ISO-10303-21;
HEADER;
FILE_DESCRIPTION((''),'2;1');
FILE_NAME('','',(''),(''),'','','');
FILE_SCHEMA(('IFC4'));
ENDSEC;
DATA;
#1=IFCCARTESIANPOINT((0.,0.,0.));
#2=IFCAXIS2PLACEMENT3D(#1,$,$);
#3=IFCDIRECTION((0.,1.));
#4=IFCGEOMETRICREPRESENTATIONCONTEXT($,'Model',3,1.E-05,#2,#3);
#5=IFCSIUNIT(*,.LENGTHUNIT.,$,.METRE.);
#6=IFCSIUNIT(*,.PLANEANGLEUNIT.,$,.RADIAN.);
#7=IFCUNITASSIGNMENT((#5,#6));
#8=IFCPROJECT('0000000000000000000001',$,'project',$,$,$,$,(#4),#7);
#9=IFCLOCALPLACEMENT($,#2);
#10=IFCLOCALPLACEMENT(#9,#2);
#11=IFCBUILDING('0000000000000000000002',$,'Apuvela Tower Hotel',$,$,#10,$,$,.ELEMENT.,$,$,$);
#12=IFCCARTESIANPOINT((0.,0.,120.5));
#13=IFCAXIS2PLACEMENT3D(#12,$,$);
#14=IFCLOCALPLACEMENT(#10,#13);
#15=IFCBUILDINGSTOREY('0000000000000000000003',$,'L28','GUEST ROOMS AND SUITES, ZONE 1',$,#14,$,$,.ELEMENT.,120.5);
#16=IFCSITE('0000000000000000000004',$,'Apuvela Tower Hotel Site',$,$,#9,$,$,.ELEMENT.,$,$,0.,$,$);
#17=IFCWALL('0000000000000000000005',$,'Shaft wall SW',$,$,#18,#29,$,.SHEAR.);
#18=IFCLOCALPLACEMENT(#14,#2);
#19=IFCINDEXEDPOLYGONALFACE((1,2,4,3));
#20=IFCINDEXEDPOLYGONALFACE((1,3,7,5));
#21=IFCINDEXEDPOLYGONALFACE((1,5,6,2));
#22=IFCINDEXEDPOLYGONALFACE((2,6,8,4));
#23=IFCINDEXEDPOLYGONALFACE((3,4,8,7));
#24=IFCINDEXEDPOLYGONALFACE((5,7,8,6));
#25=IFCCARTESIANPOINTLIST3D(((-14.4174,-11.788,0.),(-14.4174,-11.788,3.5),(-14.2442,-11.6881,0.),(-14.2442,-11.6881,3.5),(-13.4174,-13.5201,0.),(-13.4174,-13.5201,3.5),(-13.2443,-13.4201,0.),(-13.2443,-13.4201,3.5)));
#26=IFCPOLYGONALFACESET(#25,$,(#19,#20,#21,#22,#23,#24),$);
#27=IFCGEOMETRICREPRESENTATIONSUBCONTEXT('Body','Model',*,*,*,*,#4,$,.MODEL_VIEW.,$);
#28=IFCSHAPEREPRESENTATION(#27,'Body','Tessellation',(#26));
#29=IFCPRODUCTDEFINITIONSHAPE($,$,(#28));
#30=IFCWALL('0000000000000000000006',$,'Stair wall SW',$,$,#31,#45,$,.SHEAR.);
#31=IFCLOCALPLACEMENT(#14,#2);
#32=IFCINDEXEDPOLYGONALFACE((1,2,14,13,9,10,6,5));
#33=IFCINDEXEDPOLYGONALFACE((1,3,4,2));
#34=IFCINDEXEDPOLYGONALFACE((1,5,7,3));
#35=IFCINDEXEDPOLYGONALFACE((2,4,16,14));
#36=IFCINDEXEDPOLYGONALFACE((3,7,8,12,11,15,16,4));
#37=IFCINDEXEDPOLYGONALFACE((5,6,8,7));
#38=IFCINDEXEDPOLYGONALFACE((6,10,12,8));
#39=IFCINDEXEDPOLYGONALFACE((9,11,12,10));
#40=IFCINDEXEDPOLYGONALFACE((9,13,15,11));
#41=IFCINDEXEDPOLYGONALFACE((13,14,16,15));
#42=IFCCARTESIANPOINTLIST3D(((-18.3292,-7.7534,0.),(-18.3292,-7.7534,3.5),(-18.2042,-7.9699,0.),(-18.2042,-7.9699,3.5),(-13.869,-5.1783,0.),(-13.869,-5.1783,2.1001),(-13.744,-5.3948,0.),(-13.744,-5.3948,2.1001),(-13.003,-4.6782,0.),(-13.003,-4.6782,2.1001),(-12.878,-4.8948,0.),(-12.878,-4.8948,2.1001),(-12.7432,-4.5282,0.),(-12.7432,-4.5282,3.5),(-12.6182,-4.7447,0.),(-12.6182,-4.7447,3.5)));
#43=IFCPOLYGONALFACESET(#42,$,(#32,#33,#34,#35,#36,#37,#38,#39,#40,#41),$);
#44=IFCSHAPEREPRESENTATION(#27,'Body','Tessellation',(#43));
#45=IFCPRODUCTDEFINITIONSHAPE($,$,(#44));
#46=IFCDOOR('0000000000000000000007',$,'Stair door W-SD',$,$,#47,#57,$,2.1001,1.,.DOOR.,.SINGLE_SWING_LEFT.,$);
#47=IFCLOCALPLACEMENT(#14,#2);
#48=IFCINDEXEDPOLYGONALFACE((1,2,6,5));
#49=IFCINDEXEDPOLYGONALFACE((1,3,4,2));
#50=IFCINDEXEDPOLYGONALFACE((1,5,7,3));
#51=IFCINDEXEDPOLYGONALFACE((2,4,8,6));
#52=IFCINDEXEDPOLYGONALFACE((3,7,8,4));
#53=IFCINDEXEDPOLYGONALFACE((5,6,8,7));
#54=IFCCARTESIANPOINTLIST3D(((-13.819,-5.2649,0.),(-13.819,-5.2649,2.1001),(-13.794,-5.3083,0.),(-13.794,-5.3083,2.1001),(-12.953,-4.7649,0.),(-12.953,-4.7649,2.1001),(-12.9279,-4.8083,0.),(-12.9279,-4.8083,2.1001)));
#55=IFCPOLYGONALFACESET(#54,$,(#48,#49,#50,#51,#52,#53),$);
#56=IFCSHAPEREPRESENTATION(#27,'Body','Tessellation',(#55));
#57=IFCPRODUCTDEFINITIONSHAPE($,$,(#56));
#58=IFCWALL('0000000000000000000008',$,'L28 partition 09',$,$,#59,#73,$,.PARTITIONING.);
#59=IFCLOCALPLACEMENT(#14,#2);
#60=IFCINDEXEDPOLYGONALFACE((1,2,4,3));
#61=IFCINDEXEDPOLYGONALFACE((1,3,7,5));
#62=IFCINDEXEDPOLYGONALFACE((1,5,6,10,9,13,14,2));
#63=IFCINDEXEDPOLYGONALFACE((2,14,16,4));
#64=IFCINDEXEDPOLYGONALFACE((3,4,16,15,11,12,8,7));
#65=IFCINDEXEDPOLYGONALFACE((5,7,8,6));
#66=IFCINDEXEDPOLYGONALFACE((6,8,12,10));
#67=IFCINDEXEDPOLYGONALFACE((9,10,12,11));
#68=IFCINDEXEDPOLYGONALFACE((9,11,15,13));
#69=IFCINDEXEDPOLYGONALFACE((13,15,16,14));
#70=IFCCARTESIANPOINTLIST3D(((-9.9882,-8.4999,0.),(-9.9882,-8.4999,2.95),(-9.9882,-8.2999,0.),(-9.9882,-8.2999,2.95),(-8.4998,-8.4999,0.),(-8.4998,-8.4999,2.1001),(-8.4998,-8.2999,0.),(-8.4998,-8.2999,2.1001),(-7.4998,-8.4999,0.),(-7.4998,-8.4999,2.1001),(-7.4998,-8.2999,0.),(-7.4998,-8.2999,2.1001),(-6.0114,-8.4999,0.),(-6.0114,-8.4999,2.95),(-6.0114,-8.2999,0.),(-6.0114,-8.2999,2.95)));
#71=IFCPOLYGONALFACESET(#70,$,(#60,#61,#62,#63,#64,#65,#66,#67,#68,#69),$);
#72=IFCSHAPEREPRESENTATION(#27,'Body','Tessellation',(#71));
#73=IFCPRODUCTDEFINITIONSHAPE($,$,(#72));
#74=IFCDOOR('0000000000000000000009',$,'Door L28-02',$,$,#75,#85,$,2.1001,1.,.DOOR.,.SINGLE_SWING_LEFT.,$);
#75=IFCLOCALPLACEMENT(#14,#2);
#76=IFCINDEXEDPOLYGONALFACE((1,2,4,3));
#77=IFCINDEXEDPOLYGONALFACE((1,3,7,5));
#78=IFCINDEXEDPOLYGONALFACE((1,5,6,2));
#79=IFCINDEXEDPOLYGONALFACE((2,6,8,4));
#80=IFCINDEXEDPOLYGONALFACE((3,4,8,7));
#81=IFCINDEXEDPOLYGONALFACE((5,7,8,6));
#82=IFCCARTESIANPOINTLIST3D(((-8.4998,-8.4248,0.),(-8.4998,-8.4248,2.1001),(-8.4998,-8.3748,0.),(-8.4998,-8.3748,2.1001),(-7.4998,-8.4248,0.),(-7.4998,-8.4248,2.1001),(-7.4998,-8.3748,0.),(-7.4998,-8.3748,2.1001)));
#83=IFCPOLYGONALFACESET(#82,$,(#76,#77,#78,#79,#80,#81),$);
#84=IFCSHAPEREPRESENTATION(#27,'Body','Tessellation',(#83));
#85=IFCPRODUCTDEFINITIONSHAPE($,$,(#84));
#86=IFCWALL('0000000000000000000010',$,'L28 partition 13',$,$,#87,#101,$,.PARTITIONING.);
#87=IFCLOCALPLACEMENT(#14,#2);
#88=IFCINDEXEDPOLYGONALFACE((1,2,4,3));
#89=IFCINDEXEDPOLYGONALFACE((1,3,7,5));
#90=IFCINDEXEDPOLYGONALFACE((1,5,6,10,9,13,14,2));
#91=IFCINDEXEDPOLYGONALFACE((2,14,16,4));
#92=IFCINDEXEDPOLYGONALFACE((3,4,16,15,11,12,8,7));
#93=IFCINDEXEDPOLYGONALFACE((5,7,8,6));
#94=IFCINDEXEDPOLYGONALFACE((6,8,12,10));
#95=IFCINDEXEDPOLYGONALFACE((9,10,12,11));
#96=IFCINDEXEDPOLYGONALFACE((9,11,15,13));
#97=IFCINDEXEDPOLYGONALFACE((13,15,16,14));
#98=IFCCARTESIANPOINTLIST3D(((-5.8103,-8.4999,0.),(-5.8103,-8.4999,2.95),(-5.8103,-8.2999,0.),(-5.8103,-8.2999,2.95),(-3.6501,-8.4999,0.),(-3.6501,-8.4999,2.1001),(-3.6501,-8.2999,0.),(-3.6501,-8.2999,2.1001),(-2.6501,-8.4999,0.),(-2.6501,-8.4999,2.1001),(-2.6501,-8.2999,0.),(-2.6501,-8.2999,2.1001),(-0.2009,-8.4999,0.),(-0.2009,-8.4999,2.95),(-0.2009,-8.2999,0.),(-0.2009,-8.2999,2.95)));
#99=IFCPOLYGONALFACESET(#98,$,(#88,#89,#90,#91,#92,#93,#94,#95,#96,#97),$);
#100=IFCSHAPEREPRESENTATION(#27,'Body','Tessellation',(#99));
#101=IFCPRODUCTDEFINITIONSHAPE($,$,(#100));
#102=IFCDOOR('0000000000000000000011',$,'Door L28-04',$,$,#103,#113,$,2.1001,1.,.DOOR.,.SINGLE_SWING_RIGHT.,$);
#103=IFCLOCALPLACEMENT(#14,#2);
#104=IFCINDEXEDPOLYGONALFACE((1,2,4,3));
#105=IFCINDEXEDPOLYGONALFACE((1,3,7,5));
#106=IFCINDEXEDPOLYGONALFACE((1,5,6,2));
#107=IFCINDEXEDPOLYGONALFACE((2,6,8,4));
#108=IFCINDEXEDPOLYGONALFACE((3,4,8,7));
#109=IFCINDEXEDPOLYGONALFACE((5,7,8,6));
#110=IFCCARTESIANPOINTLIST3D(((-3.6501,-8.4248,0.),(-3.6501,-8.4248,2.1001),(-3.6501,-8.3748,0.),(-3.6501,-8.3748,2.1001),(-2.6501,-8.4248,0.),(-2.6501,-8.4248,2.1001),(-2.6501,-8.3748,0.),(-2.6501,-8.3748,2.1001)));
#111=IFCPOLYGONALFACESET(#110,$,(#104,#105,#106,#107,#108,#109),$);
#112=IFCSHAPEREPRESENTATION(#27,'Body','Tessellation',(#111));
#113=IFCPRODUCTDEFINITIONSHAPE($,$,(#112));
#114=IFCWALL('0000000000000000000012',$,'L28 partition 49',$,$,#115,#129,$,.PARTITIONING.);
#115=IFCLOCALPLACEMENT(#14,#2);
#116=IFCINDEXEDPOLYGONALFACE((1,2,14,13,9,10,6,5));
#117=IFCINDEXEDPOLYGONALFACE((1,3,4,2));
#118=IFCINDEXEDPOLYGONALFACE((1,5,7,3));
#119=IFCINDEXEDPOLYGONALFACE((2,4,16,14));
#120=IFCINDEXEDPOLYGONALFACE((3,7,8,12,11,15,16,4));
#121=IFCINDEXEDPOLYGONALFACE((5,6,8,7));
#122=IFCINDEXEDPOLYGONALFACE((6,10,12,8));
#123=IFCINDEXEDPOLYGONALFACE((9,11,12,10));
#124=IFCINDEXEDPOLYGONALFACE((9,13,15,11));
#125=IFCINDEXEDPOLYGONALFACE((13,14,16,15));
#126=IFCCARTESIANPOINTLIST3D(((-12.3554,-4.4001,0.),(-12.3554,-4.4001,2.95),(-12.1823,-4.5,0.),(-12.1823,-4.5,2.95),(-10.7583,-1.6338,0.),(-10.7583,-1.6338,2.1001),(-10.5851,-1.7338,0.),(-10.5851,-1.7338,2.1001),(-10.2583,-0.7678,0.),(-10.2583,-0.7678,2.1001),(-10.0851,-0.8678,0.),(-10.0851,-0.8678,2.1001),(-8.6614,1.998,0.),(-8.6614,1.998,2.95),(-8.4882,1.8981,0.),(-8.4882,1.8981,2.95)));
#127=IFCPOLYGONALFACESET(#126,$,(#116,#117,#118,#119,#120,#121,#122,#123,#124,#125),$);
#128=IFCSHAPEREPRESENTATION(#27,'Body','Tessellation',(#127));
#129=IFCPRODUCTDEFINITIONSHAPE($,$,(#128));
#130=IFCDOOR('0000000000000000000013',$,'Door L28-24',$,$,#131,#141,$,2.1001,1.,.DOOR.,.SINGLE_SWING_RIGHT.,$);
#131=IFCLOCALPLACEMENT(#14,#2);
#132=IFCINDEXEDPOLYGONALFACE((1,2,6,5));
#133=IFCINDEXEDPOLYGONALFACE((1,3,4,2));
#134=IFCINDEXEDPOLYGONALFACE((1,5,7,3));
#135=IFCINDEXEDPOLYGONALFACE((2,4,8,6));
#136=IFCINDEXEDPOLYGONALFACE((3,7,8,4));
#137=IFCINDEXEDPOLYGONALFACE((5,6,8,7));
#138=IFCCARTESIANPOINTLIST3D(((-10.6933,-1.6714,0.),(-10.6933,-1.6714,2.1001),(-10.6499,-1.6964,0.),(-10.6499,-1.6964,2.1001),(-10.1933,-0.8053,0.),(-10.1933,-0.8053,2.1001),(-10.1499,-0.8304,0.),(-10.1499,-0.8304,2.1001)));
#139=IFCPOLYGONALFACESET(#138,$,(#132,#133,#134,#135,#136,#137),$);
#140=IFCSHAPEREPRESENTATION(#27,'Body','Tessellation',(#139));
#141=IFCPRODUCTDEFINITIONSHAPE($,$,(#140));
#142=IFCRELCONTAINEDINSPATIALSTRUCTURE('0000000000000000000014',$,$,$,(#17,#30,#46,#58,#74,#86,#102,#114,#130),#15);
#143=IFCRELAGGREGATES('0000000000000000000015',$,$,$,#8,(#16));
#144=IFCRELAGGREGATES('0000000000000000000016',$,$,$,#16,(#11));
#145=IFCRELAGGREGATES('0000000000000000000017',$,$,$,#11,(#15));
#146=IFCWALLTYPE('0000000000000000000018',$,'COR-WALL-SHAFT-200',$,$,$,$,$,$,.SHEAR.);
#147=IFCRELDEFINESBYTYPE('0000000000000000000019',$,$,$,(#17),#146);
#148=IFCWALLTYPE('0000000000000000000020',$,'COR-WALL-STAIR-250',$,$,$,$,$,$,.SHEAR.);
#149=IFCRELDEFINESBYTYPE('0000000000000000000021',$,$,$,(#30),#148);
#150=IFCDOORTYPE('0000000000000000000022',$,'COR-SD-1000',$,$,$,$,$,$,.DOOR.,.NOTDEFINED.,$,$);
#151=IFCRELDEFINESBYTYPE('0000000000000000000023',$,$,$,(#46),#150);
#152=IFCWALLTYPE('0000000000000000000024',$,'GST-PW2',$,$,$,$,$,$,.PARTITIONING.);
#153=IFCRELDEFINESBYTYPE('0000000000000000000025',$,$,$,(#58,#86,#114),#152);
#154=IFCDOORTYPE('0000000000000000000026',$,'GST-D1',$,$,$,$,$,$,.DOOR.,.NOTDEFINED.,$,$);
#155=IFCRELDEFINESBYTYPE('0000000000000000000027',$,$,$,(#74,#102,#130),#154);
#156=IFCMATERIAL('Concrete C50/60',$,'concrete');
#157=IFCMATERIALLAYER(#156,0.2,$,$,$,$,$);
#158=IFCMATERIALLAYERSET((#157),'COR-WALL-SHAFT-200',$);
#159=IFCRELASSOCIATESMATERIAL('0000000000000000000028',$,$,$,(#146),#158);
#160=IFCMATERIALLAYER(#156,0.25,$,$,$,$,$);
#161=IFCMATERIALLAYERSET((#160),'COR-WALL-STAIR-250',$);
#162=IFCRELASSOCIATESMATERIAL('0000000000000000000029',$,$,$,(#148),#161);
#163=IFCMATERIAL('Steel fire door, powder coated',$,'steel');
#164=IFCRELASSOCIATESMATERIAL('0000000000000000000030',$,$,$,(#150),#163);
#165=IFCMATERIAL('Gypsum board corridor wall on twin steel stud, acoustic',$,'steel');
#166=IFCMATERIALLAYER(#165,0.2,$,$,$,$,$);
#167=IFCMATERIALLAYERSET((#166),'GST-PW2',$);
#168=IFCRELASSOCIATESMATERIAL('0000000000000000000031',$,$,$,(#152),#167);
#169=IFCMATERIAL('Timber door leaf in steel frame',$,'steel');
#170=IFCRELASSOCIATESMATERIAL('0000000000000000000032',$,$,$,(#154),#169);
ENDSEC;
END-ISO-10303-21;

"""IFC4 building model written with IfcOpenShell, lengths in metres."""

from ifc_helpers import new_model, si_unit, direction, frame, frame_2d, origin, place, context, subcontext, project, spatial, rectangle, extrude, material, layer, layer_set, type_object, element, fill, save


model = new_model("IFC4")

# Units and contexts
model_context = context("Model", 3, precision=1e-05, world=origin(), true_north=direction((0.0, 1.0)))
body_context = subcontext(model_context, "Body", "Model", "MODEL_VIEW")
ifc_project = project(units=[si_unit("LENGTHUNIT", "METRE"), si_unit("PLANEANGLEUNIT", "RADIAN")], contexts=[model_context])

# Site, building, storey
site_placement = place(None, origin())
site = spatial("IfcSite", under=ifc_project, at=site_placement, Name="Apuvela Tower Hotel Site", CompositionType="ELEMENT", RefElevation=0.0)
building_placement = place(site_placement, origin())
building = spatial("IfcBuilding", under=site, at=building_placement, Name="Apuvela Tower Hotel", CompositionType="ELEMENT")
storey_placement = place(building_placement, frame((0.0, 0.0, 120.5)))
storey = spatial("IfcBuildingStorey", under=building, at=storey_placement, Name="L28", Description="GUEST ROOMS AND SUITES, ZONE 1", CompositionType="ELEMENT", Elevation=120.5)

# Shared definitions
ifc_material_1 = material(Name="Concrete C50/60", Category="concrete")

# Shared definitions
ifc_layer_1 = layer(ifc_material_1, 0.2)
ifc_layer_set_1 = layer_set([ifc_layer_1], Name="COR-WALL-SHAFT-200")
wall_type_1 = type_object("IfcWallType", Name="COR-WALL-SHAFT-200", PredefinedType="SHEAR", material=ifc_layer_set_1)

# Shared definitions
ifc_material_2 = material(Name="Steel fire door, powder coated", Category="steel")

# Wall
wall_1_placement = place(storey_placement, frame((-14.3308, -11.738, 0.0), z_axis=(0.0, 0.0, 1.0), x_axis=(0.499973, -0.866041, 0.0)))
element("IfcWall", 1, at=wall_1_placement, inside=storey, type_object=wall_type_1, Name="Shaft wall SW", PredefinedType="SHEAR", context=body_context, shape_type="SweptSolid", body=[
    extrude(rectangle(XDim=2.0, YDim=0.2, at=frame_2d((1.0, 0.0))), origin(), (0.0, 0.0, 1.0), 3.5),
])

# Walls, openings, doors
ifc_layer_2 = layer(ifc_material_1, 0.25)
ifc_layer_set_2 = layer_set([ifc_layer_2], Name="COR-WALL-STAIR-250")
wall_type_2 = type_object("IfcWallType", Name="COR-WALL-STAIR-250", PredefinedType="SHEAR", material=ifc_layer_set_2)
wall_2_placement = place(storey_placement, frame((-12.6807, -4.6365, 0.0), z_axis=(0.0, 0.0, 1.0), x_axis=(-0.866022, -0.500006, 0.0)))
wall_2 = element("IfcWall", 2, at=wall_2_placement, inside=storey, type_object=wall_type_2, Name="Stair wall SW", PredefinedType="SHEAR", context=body_context, shape_type="SweptSolid", body=[
    extrude(rectangle(XDim=6.4502, YDim=0.25, at=frame_2d((3.2251, 0.0))), origin(), (0.0, 0.0, 1.0), 3.5),
])
opening_1_placement = place(wall_2_placement, frame((0.3, 0.0, 0.0)))
opening_1 = element("IfcOpeningElement", 3, at=opening_1_placement, cuts=wall_2, PredefinedType="OPENING", context=body_context, shape_type="SweptSolid", body=[
    extrude(rectangle(XDim=1.0, YDim=2.1001, at=frame_2d((0.5, 1.05))), frame((0.0, 0.135, 0.0), z_axis=(0.0, -1.0, 0.0), x_axis=(1.0, 0.0, 0.0)), (0.0, 0.0, 1.0), 0.27),
])
door_type_1 = type_object("IfcDoorType", Name="COR-SD-1000", OperationType="NOTDEFINED", PredefinedType="DOOR", material=ifc_material_2)
door_1_placement = place(opening_1_placement, frame((1.0, 0.0, 0.0), z_axis=(0.0, 0.0, 1.0), x_axis=(-1.0, 0.0, 0.0)))
door_1 = element("IfcDoor", 4, at=door_1_placement, inside=storey, type_object=door_type_1, Name="Stair door W-SD", OperationType="SINGLE_SWING_LEFT", OverallHeight=2.1001, OverallWidth=1.0, PredefinedType="DOOR", context=body_context, shape_type="SweptSolid", body=[
    extrude(rectangle(XDim=1.0, YDim=2.1001, at=frame_2d((0.5, 1.05))), frame((0.0, 0.0249, 0.0), z_axis=(0.0, -1.0, 0.0), x_axis=(1.0, 0.0, 0.0)), (0.0, 0.0, 1.0), 0.05),
])
fill(opening_1, door_1)
ifc_material_3 = material(Name="Gypsum board corridor wall on twin steel stud, acoustic", Category="steel")
ifc_layer_3 = layer(ifc_material_3, 0.2)
ifc_layer_set_3 = layer_set([ifc_layer_3], Name="GST-PW2")
wall_type_3 = type_object("IfcWallType", Name="GST-PW2", PredefinedType="PARTITIONING", material=ifc_layer_set_3)
wall_3_placement = place(storey_placement, frame((-6.0115, -8.3999, 0.0), z_axis=(0.0, 0.0, 1.0), x_axis=(-1.0, 0.0, 0.0)))
wall_3 = element("IfcWall", 5, at=wall_3_placement, inside=storey, type_object=wall_type_3, Name="L28 partition 09", PredefinedType="PARTITIONING", context=body_context, shape_type="SweptSolid", body=[
    extrude(rectangle(XDim=3.9768, YDim=0.2, at=frame_2d((1.9883, 0.0))), origin(), (0.0, 0.0, 1.0), 2.95),
])
opening_2_placement = place(wall_3_placement, frame((1.4883, 0.0, 0.0)))
opening_2 = element("IfcOpeningElement", 6, at=opening_2_placement, cuts=wall_3, PredefinedType="OPENING", context=body_context, shape_type="SweptSolid", body=[
    extrude(rectangle(XDim=1.0, YDim=2.1001, at=frame_2d((0.5, 1.05))), frame((0.0, 0.1099, 0.0), z_axis=(0.0, -1.0, 0.0), x_axis=(1.0, 0.0, 0.0)), (0.0, 0.0, 1.0), 0.22),
])
ifc_material_4 = material(Name="Timber door leaf in steel frame", Category="steel")
door_type_2 = type_object("IfcDoorType", Name="GST-D1", OperationType="NOTDEFINED", PredefinedType="DOOR", material=ifc_material_4)
door_2_placement = place(opening_2_placement, origin())
door_2 = element("IfcDoor", 7, at=door_2_placement, inside=storey, type_object=door_type_2, Name="Door L28-02", OperationType="SINGLE_SWING_LEFT", OverallHeight=2.1001, OverallWidth=1.0, PredefinedType="DOOR", context=body_context, shape_type="SweptSolid", body=[
    extrude(rectangle(XDim=1.0, YDim=2.1001, at=frame_2d((0.5, 1.05))), frame((0.0, 0.0249, 0.0), z_axis=(0.0, -1.0, 0.0), x_axis=(1.0, 0.0, 0.0)), (0.0, 0.0, 1.0), 0.05),
])
fill(opening_2, door_2)
wall_4_placement = place(storey_placement, frame((-0.2009, -8.3999, 0.0), z_axis=(0.0, 0.0, 1.0), x_axis=(-1.0, 0.0, 0.0)))
wall_4 = element("IfcWall", 8, at=wall_4_placement, inside=storey, type_object=wall_type_3, Name="L28 partition 13", PredefinedType="PARTITIONING", context=body_context, shape_type="SweptSolid", body=[
    extrude(rectangle(XDim=5.6094, YDim=0.2, at=frame_2d((2.8047, 0.0))), origin(), (0.0, 0.0, 1.0), 2.95),
])
opening_3_placement = place(wall_4_placement, frame((2.4492, 0.0, 0.0)))
opening_3 = element("IfcOpeningElement", 9, at=opening_3_placement, cuts=wall_4, PredefinedType="OPENING", context=body_context, shape_type="SweptSolid", body=[
    extrude(rectangle(XDim=1.0, YDim=2.1001, at=frame_2d((0.5, 1.05))), frame((0.0, 0.1099, 0.0), z_axis=(0.0, -1.0, 0.0), x_axis=(1.0, 0.0, 0.0)), (0.0, 0.0, 1.0), 0.22),
])
door_3_placement = place(opening_3_placement, origin())
door_3 = element("IfcDoor", 10, at=door_3_placement, inside=storey, type_object=door_type_2, Name="Door L28-04", OperationType="SINGLE_SWING_RIGHT", OverallHeight=2.1001, OverallWidth=1.0, PredefinedType="DOOR", context=body_context, shape_type="SweptSolid", body=[
    extrude(rectangle(XDim=1.0, YDim=2.1001, at=frame_2d((0.5, 1.05))), frame((0.0, 0.0249, 0.0), z_axis=(0.0, -1.0, 0.0), x_axis=(1.0, 0.0, 0.0)), (0.0, 0.0, 1.0), 0.05),
])
fill(opening_3, door_3)
wall_5_placement = place(storey_placement, frame((-12.2688, -4.45, 0.0), z_axis=(0.0, 0.0, 1.0), x_axis=(0.500009, 0.86602, 0.0)))
wall_5 = element("IfcWall", 11, at=wall_5_placement, inside=storey, type_object=wall_type_3, Name="L28 partition 49", PredefinedType="PARTITIONING", context=body_context, shape_type="SweptSolid", body=[
    extrude(rectangle(XDim=7.3879, YDim=0.2, at=frame_2d((3.6938, 0.0))), origin(), (0.0, 0.0, 1.0), 2.95),
])
opening_4_placement = place(wall_5_placement, frame((3.1941, 0.0, 0.0)))
opening_4 = element("IfcOpeningElement", 12, at=opening_4_placement, cuts=wall_5, PredefinedType="OPENING", context=body_context, shape_type="SweptSolid", body=[
    extrude(rectangle(XDim=1.0, YDim=2.1001, at=frame_2d((0.5, 1.05))), frame((0.0, 0.1099, 0.0), z_axis=(0.0, -1.0, 0.0), x_axis=(1.0, 0.0, 0.0)), (0.0, 0.0, 1.0), 0.22),
])
door_4_placement = place(opening_4_placement, origin())
door_4 = element("IfcDoor", 13, at=door_4_placement, inside=storey, type_object=door_type_2, Name="Door L28-24", OperationType="SINGLE_SWING_RIGHT", OverallHeight=2.1001, OverallWidth=1.0, PredefinedType="DOOR", context=body_context, shape_type="SweptSolid", body=[
    extrude(rectangle(XDim=1.0, YDim=2.1001, at=frame_2d((0.5, 1.05))), frame((0.0, 0.0249, 0.0), z_axis=(0.0, -1.0, 0.0), x_axis=(1.0, 0.0, 0.0)), (0.0, 0.0, 1.0), 0.05),
])
fill(opening_4, door_4)

save(model, "model.ifc")
